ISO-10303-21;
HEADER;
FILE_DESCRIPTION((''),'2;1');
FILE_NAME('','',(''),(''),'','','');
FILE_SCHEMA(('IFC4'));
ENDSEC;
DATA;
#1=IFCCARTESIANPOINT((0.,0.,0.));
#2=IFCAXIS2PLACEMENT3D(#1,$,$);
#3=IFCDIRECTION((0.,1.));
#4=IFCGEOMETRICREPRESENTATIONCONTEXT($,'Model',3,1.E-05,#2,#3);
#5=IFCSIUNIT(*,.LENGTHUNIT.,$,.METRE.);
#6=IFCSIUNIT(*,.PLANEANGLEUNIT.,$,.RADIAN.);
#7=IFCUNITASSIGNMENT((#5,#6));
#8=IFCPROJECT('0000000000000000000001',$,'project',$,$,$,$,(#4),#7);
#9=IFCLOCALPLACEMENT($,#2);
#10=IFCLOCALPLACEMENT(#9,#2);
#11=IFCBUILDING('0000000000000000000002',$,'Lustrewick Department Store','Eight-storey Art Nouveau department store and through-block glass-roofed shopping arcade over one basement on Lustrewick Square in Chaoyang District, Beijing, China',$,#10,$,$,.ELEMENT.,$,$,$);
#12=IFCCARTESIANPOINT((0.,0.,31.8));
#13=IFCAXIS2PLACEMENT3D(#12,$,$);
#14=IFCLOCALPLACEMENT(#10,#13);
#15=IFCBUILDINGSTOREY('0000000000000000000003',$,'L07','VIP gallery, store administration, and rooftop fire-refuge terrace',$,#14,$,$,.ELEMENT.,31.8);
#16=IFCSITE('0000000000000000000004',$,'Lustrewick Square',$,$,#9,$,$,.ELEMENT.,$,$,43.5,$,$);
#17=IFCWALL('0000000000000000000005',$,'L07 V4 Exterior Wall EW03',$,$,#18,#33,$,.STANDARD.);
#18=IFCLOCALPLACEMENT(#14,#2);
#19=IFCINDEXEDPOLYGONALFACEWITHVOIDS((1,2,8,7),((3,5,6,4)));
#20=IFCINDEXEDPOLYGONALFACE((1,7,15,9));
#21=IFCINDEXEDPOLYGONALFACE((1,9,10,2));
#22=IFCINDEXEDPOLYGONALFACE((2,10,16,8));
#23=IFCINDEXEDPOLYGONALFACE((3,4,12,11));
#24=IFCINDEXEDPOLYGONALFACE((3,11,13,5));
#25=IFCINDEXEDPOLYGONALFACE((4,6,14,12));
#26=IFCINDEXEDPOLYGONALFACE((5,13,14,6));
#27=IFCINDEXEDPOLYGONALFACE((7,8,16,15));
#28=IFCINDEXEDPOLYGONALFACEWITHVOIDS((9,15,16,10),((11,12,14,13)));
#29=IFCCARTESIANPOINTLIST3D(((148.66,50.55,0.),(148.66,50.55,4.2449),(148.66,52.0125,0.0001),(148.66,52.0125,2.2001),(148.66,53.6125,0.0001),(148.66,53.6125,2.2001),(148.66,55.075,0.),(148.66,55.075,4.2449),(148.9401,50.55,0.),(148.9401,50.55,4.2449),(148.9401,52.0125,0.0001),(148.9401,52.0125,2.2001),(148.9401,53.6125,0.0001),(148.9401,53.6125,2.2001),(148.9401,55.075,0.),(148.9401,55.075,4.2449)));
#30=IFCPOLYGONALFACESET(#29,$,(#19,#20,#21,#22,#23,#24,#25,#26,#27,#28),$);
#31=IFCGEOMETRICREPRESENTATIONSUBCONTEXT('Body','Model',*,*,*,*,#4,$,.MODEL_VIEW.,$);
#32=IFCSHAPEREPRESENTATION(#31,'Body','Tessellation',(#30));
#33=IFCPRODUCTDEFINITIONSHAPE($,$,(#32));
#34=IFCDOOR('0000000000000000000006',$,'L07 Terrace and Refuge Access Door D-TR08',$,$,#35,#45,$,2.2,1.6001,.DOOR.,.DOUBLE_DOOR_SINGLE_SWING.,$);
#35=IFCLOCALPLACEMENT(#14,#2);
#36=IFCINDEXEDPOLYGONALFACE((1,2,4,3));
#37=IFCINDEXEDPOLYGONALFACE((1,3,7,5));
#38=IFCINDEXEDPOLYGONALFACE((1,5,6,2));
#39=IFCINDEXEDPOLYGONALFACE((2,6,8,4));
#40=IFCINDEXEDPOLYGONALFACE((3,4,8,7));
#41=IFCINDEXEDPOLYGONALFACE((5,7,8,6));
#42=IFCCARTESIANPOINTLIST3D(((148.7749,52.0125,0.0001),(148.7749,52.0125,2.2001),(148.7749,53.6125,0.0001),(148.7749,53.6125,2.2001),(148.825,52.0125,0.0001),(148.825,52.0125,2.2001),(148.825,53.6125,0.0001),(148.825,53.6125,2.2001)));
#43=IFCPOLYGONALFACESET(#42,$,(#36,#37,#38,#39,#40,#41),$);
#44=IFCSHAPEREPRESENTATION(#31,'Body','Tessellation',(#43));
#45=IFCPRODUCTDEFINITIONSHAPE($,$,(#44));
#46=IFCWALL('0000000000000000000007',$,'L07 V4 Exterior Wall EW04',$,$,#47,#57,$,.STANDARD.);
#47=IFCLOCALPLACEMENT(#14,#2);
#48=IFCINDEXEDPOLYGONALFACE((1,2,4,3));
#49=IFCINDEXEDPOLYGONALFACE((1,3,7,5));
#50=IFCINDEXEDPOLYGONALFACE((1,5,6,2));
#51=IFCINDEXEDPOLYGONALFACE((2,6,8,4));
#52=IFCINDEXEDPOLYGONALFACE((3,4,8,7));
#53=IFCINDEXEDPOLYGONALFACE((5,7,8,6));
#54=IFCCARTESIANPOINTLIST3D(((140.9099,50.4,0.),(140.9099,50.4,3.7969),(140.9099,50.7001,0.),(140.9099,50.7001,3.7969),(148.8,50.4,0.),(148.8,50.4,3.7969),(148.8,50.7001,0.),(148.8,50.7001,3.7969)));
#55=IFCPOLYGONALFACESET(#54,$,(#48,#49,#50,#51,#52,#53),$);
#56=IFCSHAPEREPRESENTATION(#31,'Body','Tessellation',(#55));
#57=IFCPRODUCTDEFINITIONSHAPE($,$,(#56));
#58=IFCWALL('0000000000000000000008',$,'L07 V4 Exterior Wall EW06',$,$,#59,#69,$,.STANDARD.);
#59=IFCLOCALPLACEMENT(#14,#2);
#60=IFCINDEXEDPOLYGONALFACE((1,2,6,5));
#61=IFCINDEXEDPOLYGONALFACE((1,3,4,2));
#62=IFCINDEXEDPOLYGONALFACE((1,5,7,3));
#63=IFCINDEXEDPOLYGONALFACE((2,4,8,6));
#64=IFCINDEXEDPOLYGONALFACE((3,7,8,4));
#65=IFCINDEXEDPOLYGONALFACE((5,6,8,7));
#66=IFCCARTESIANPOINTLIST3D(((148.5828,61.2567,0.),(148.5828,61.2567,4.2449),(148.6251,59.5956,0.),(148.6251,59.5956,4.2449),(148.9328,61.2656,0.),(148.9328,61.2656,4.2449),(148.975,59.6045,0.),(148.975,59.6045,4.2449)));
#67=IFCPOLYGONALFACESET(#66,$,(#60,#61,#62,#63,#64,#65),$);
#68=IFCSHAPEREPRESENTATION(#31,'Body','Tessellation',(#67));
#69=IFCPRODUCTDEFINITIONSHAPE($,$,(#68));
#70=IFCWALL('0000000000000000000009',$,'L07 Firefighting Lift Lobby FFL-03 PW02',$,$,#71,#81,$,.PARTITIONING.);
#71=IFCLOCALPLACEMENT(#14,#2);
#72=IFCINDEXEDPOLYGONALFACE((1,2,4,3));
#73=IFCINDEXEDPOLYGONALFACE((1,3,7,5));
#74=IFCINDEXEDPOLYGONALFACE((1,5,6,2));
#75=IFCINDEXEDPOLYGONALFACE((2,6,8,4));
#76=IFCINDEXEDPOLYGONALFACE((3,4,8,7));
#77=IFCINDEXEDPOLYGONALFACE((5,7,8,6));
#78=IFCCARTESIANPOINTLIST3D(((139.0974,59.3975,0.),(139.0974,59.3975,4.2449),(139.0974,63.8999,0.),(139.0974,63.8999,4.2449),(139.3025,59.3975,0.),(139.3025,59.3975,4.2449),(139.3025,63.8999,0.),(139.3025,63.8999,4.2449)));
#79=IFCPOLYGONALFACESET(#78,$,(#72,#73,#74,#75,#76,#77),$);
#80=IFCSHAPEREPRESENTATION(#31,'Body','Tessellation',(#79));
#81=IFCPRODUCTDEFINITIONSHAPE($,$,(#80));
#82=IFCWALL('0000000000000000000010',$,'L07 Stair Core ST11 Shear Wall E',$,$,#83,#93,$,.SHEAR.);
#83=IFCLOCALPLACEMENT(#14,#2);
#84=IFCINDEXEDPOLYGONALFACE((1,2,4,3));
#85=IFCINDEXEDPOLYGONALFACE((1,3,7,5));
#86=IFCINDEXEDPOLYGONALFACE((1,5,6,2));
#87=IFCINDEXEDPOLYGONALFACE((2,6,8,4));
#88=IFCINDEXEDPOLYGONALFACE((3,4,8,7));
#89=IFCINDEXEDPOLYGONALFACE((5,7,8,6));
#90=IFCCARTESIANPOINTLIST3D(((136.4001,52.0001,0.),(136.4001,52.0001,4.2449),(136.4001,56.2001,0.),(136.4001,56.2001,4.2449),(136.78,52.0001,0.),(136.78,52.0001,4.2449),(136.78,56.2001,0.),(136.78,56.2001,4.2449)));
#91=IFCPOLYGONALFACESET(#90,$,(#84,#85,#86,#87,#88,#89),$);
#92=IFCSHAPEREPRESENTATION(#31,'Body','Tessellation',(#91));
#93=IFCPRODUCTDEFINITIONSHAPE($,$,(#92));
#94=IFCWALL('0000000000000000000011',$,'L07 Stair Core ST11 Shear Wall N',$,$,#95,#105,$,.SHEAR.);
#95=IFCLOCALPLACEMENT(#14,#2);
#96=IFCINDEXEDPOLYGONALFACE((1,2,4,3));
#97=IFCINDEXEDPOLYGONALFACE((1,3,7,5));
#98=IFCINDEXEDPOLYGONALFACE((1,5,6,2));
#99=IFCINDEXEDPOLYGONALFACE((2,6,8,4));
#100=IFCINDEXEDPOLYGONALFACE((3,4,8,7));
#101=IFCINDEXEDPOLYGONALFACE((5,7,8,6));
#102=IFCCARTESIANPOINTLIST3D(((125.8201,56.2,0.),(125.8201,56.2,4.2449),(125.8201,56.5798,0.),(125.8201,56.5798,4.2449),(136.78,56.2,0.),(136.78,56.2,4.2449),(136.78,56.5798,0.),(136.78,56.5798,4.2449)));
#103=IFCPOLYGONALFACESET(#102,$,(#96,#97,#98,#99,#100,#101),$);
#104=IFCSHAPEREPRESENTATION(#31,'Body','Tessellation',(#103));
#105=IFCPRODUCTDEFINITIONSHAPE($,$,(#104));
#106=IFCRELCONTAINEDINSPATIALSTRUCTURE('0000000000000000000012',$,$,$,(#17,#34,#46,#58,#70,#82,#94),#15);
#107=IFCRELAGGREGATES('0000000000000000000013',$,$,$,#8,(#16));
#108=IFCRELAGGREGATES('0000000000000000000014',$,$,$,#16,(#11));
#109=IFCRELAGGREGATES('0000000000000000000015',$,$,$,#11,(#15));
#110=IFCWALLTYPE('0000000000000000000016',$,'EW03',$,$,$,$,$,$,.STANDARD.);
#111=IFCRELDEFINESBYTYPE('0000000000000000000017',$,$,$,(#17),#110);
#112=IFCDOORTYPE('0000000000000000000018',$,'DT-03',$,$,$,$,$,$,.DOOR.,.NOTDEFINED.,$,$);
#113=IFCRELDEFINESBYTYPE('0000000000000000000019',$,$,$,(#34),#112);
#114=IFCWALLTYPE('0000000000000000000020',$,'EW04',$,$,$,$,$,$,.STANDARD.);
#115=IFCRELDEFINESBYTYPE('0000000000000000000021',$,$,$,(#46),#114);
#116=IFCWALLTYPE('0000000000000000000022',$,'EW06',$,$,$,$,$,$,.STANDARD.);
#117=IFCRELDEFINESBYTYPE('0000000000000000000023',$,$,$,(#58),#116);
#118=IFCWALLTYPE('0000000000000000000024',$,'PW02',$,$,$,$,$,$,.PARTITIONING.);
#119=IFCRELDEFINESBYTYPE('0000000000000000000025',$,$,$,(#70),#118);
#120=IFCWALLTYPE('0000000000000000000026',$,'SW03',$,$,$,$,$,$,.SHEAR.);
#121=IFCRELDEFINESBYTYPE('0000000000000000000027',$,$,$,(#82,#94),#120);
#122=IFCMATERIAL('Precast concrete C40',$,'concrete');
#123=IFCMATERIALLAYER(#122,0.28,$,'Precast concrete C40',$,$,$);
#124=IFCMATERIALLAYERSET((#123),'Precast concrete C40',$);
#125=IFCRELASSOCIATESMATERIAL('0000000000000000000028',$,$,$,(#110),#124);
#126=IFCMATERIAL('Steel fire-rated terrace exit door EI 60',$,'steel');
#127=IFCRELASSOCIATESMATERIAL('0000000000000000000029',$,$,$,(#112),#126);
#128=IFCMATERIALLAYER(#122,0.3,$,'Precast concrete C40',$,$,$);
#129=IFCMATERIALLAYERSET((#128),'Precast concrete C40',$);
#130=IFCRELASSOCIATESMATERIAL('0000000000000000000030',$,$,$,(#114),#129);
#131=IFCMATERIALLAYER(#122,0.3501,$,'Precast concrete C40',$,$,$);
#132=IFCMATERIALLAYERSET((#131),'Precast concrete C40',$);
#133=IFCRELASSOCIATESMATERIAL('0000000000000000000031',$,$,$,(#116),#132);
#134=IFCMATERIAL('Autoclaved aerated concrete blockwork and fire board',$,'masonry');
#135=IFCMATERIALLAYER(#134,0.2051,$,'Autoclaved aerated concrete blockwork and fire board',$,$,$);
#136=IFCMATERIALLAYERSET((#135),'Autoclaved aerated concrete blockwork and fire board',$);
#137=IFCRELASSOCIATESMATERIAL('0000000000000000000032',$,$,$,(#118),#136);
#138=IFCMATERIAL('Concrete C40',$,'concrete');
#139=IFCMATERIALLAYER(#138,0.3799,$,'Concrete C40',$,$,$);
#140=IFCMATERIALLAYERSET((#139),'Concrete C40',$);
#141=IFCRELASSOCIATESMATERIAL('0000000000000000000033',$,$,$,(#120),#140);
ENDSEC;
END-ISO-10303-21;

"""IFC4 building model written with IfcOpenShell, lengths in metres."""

from ifc_helpers import new_model, si_unit, direction, frame, frame_2d, origin, place, context, subcontext, project, spatial, rectangle, extrude, material, layer, layer_set, type_object, element, fill, save


model = new_model("IFC4")

# Units and contexts
model_context = context("Model", 3, precision=1e-05, world=origin(), true_north=direction((0.0, 1.0)))
body_context = subcontext(model_context, "Body", "Model", "MODEL_VIEW")
ifc_project = project(units=[si_unit("LENGTHUNIT", "METRE"), si_unit("PLANEANGLEUNIT", "RADIAN")], contexts=[model_context])

# Site, building, storey
site_placement = place(None, origin())
site = spatial("IfcSite", under=ifc_project, at=site_placement, Name="Lustrewick Square", CompositionType="ELEMENT", RefElevation=43.5)
building_placement = place(site_placement, origin())
building = spatial("IfcBuilding", under=site, at=building_placement, Name="Lustrewick Department Store", Description="Eight-storey Art Nouveau department store and through-block glass-roofed shopping arcade over one basement on Lustrewick Square in Chaoyang District, Beijing, China", CompositionType="ELEMENT")
storey_placement = place(building_placement, frame((0.0, 0.0, 31.8)))
storey = spatial("IfcBuildingStorey", under=building, at=storey_placement, Name="L07", Description="VIP gallery, store administration, and rooftop fire-refuge terrace", CompositionType="ELEMENT", Elevation=31.8)

# Shared definitions
ifc_material_1 = material(Name="Precast concrete C40", Category="concrete")

# Wall, opening, door
ifc_layer_1 = layer(ifc_material_1, 0.28, Name="Precast concrete C40")
ifc_layer_set_1 = layer_set([ifc_layer_1], Name="Precast concrete C40")
wall_type_1 = type_object("IfcWallType", Name="EW03", PredefinedType="STANDARD", material=ifc_layer_set_1)
wall_1_placement = place(storey_placement, frame((148.8, 50.55, 0.0), z_axis=(0.0, 0.0, 1.0), x_axis=(0.0, 1.0, 0.0)))
wall_1 = element("IfcWall", 1, at=wall_1_placement, inside=storey, type_object=wall_type_1, Name="L07 V4 Exterior Wall EW03", PredefinedType="STANDARD", context=body_context, shape_type="SweptSolid", body=[
    extrude(rectangle(XDim=4.5249, YDim=0.28, at=frame_2d((2.2625, 0.0))), origin(), (0.0, 0.0, 1.0), 4.2449),
])
opening_1_placement = place(wall_1_placement, frame((1.4624, 0.0, 0.0)))
opening_1 = element("IfcOpeningElement", 2, at=opening_1_placement, cuts=wall_1, PredefinedType="OPENING", context=body_context, shape_type="SweptSolid", body=[
    extrude(rectangle(XDim=1.6001, YDim=2.2, at=frame_2d((0.8, 1.1001))), frame((0.0, 0.1499, 0.0), z_axis=(0.0, -1.0, 0.0), x_axis=(1.0, 0.0, 0.0)), (0.0, 0.0, 1.0), 0.3),
])
ifc_material_2 = material(Name="Steel fire-rated terrace exit door EI 60", Category="steel")
door_type = type_object("IfcDoorType", Name="DT-03", OperationType="NOTDEFINED", PredefinedType="DOOR", material=ifc_material_2)
door_placement = place(opening_1_placement, frame((1.6001, 0.0, 0.0), z_axis=(0.0, 0.0, 1.0), x_axis=(-1.0, 0.0, 0.0)))
door = element("IfcDoor", 3, at=door_placement, inside=storey, type_object=door_type, Name="L07 Terrace and Refuge Access Door D-TR08", OperationType="DOUBLE_DOOR_SINGLE_SWING", OverallHeight=2.2, OverallWidth=1.6001, PredefinedType="DOOR", context=body_context, shape_type="SweptSolid", body=[
    extrude(rectangle(XDim=1.6001, YDim=2.2, at=frame_2d((0.8, 1.1001))), frame((0.0, 0.0249, 0.0), z_axis=(0.0, -1.0, 0.0), x_axis=(1.0, 0.0, 0.0)), (0.0, 0.0, 1.0), 0.05),
])
fill(opening_1, door)

# Walls
ifc_layer_2 = layer(ifc_material_1, 0.3, Name="Precast concrete C40")
ifc_layer_set_2 = layer_set([ifc_layer_2], Name="Precast concrete C40")
wall_type_2 = type_object("IfcWallType", Name="EW04", PredefinedType="STANDARD", material=ifc_layer_set_2)
wall_2_placement = place(storey_placement, frame((140.9099, 50.55, 0.0), z_axis=(0.0, 0.0, 1.0), x_axis=(1.0, 0.0, 0.0)))
element("IfcWall", 4, at=wall_2_placement, inside=storey, type_object=wall_type_2, Name="L07 V4 Exterior Wall EW04", PredefinedType="STANDARD", context=body_context, shape_type="SweptSolid", body=[
    extrude(rectangle(XDim=7.8901, YDim=0.3, at=frame_2d((3.9451, 0.0))), origin(), (0.0, 0.0, 1.0), 3.7969),
])
ifc_layer_3 = layer(ifc_material_1, 0.3501, Name="Precast concrete C40")
ifc_layer_set_3 = layer_set([ifc_layer_3], Name="Precast concrete C40")
wall_type_3 = type_object("IfcWallType", Name="EW06", PredefinedType="STANDARD", material=ifc_layer_set_3)
wall_3_placement = place(storey_placement, frame((148.8, 59.6001, 0.0), z_axis=(0.0, 0.0, 1.0), x_axis=(-0.025418, 0.999677, 0.0)))
element("IfcWall", 5, at=wall_3_placement, inside=storey, type_object=wall_type_3, Name="L07 V4 Exterior Wall EW06", PredefinedType="STANDARD", context=body_context, shape_type="SweptSolid", body=[
    extrude(rectangle(XDim=1.6616, YDim=0.3501, at=frame_2d((0.8308, 0.0))), origin(), (0.0, 0.0, 1.0), 4.2449),
])
ifc_material_3 = material(Name="Autoclaved aerated concrete blockwork and fire board", Category="masonry")
ifc_layer_4 = layer(ifc_material_3, 0.2051, Name="Autoclaved aerated concrete blockwork and fire board")
ifc_layer_set_4 = layer_set([ifc_layer_4], Name="Autoclaved aerated concrete blockwork and fire board")
wall_type_4 = type_object("IfcWallType", Name="PW02", PredefinedType="PARTITIONING", material=ifc_layer_set_4)
wall_4_placement = place(storey_placement, frame((139.2, 59.3975, 0.0), z_axis=(0.0, 0.0, 1.0), x_axis=(0.0, 1.0, 0.0)))
element("IfcWall", 6, at=wall_4_placement, inside=storey, type_object=wall_type_4, Name="L07 Firefighting Lift Lobby FFL-03 PW02", PredefinedType="PARTITIONING", context=body_context, shape_type="SweptSolid", body=[
    extrude(rectangle(XDim=4.5024, YDim=0.2051, at=frame_2d((2.2512, 0.0))), origin(), (0.0, 0.0, 1.0), 4.2449),
])
ifc_material_4 = material(Name="Concrete C40", Category="concrete")
ifc_layer_5 = layer(ifc_material_4, 0.3799, Name="Concrete C40")
ifc_layer_set_5 = layer_set([ifc_layer_5], Name="Concrete C40")
wall_type_5 = type_object("IfcWallType", Name="SW03", PredefinedType="SHEAR", material=ifc_layer_set_5)
wall_5_placement = place(storey_placement, frame((136.5901, 52.0, 0.0), z_axis=(0.0, 0.0, 1.0), x_axis=(0.0, 1.0, 0.0)))
element("IfcWall", 7, at=wall_5_placement, inside=storey, type_object=wall_type_5, Name="L07 Stair Core ST11 Shear Wall E", PredefinedType="SHEAR", context=body_context, shape_type="SweptSolid", body=[
    extrude(rectangle(XDim=4.2, YDim=0.3799, at=frame_2d((2.1001, 0.0))), origin(), (0.0, 0.0, 1.0), 4.2449),
])
wall_6_placement = place(storey_placement, frame((136.78, 56.3899, 0.0), z_axis=(0.0, 0.0, 1.0), x_axis=(-1.0, 0.0, 0.0)))
element("IfcWall", 8, at=wall_6_placement, inside=storey, type_object=wall_type_5, Name="L07 Stair Core ST11 Shear Wall N", PredefinedType="SHEAR", context=body_context, shape_type="SweptSolid", body=[
    extrude(rectangle(XDim=10.96, YDim=0.3799, at=frame_2d((5.48, 0.0))), origin(), (0.0, 0.0, 1.0), 4.2449),
])

save(model, "model.ifc")
